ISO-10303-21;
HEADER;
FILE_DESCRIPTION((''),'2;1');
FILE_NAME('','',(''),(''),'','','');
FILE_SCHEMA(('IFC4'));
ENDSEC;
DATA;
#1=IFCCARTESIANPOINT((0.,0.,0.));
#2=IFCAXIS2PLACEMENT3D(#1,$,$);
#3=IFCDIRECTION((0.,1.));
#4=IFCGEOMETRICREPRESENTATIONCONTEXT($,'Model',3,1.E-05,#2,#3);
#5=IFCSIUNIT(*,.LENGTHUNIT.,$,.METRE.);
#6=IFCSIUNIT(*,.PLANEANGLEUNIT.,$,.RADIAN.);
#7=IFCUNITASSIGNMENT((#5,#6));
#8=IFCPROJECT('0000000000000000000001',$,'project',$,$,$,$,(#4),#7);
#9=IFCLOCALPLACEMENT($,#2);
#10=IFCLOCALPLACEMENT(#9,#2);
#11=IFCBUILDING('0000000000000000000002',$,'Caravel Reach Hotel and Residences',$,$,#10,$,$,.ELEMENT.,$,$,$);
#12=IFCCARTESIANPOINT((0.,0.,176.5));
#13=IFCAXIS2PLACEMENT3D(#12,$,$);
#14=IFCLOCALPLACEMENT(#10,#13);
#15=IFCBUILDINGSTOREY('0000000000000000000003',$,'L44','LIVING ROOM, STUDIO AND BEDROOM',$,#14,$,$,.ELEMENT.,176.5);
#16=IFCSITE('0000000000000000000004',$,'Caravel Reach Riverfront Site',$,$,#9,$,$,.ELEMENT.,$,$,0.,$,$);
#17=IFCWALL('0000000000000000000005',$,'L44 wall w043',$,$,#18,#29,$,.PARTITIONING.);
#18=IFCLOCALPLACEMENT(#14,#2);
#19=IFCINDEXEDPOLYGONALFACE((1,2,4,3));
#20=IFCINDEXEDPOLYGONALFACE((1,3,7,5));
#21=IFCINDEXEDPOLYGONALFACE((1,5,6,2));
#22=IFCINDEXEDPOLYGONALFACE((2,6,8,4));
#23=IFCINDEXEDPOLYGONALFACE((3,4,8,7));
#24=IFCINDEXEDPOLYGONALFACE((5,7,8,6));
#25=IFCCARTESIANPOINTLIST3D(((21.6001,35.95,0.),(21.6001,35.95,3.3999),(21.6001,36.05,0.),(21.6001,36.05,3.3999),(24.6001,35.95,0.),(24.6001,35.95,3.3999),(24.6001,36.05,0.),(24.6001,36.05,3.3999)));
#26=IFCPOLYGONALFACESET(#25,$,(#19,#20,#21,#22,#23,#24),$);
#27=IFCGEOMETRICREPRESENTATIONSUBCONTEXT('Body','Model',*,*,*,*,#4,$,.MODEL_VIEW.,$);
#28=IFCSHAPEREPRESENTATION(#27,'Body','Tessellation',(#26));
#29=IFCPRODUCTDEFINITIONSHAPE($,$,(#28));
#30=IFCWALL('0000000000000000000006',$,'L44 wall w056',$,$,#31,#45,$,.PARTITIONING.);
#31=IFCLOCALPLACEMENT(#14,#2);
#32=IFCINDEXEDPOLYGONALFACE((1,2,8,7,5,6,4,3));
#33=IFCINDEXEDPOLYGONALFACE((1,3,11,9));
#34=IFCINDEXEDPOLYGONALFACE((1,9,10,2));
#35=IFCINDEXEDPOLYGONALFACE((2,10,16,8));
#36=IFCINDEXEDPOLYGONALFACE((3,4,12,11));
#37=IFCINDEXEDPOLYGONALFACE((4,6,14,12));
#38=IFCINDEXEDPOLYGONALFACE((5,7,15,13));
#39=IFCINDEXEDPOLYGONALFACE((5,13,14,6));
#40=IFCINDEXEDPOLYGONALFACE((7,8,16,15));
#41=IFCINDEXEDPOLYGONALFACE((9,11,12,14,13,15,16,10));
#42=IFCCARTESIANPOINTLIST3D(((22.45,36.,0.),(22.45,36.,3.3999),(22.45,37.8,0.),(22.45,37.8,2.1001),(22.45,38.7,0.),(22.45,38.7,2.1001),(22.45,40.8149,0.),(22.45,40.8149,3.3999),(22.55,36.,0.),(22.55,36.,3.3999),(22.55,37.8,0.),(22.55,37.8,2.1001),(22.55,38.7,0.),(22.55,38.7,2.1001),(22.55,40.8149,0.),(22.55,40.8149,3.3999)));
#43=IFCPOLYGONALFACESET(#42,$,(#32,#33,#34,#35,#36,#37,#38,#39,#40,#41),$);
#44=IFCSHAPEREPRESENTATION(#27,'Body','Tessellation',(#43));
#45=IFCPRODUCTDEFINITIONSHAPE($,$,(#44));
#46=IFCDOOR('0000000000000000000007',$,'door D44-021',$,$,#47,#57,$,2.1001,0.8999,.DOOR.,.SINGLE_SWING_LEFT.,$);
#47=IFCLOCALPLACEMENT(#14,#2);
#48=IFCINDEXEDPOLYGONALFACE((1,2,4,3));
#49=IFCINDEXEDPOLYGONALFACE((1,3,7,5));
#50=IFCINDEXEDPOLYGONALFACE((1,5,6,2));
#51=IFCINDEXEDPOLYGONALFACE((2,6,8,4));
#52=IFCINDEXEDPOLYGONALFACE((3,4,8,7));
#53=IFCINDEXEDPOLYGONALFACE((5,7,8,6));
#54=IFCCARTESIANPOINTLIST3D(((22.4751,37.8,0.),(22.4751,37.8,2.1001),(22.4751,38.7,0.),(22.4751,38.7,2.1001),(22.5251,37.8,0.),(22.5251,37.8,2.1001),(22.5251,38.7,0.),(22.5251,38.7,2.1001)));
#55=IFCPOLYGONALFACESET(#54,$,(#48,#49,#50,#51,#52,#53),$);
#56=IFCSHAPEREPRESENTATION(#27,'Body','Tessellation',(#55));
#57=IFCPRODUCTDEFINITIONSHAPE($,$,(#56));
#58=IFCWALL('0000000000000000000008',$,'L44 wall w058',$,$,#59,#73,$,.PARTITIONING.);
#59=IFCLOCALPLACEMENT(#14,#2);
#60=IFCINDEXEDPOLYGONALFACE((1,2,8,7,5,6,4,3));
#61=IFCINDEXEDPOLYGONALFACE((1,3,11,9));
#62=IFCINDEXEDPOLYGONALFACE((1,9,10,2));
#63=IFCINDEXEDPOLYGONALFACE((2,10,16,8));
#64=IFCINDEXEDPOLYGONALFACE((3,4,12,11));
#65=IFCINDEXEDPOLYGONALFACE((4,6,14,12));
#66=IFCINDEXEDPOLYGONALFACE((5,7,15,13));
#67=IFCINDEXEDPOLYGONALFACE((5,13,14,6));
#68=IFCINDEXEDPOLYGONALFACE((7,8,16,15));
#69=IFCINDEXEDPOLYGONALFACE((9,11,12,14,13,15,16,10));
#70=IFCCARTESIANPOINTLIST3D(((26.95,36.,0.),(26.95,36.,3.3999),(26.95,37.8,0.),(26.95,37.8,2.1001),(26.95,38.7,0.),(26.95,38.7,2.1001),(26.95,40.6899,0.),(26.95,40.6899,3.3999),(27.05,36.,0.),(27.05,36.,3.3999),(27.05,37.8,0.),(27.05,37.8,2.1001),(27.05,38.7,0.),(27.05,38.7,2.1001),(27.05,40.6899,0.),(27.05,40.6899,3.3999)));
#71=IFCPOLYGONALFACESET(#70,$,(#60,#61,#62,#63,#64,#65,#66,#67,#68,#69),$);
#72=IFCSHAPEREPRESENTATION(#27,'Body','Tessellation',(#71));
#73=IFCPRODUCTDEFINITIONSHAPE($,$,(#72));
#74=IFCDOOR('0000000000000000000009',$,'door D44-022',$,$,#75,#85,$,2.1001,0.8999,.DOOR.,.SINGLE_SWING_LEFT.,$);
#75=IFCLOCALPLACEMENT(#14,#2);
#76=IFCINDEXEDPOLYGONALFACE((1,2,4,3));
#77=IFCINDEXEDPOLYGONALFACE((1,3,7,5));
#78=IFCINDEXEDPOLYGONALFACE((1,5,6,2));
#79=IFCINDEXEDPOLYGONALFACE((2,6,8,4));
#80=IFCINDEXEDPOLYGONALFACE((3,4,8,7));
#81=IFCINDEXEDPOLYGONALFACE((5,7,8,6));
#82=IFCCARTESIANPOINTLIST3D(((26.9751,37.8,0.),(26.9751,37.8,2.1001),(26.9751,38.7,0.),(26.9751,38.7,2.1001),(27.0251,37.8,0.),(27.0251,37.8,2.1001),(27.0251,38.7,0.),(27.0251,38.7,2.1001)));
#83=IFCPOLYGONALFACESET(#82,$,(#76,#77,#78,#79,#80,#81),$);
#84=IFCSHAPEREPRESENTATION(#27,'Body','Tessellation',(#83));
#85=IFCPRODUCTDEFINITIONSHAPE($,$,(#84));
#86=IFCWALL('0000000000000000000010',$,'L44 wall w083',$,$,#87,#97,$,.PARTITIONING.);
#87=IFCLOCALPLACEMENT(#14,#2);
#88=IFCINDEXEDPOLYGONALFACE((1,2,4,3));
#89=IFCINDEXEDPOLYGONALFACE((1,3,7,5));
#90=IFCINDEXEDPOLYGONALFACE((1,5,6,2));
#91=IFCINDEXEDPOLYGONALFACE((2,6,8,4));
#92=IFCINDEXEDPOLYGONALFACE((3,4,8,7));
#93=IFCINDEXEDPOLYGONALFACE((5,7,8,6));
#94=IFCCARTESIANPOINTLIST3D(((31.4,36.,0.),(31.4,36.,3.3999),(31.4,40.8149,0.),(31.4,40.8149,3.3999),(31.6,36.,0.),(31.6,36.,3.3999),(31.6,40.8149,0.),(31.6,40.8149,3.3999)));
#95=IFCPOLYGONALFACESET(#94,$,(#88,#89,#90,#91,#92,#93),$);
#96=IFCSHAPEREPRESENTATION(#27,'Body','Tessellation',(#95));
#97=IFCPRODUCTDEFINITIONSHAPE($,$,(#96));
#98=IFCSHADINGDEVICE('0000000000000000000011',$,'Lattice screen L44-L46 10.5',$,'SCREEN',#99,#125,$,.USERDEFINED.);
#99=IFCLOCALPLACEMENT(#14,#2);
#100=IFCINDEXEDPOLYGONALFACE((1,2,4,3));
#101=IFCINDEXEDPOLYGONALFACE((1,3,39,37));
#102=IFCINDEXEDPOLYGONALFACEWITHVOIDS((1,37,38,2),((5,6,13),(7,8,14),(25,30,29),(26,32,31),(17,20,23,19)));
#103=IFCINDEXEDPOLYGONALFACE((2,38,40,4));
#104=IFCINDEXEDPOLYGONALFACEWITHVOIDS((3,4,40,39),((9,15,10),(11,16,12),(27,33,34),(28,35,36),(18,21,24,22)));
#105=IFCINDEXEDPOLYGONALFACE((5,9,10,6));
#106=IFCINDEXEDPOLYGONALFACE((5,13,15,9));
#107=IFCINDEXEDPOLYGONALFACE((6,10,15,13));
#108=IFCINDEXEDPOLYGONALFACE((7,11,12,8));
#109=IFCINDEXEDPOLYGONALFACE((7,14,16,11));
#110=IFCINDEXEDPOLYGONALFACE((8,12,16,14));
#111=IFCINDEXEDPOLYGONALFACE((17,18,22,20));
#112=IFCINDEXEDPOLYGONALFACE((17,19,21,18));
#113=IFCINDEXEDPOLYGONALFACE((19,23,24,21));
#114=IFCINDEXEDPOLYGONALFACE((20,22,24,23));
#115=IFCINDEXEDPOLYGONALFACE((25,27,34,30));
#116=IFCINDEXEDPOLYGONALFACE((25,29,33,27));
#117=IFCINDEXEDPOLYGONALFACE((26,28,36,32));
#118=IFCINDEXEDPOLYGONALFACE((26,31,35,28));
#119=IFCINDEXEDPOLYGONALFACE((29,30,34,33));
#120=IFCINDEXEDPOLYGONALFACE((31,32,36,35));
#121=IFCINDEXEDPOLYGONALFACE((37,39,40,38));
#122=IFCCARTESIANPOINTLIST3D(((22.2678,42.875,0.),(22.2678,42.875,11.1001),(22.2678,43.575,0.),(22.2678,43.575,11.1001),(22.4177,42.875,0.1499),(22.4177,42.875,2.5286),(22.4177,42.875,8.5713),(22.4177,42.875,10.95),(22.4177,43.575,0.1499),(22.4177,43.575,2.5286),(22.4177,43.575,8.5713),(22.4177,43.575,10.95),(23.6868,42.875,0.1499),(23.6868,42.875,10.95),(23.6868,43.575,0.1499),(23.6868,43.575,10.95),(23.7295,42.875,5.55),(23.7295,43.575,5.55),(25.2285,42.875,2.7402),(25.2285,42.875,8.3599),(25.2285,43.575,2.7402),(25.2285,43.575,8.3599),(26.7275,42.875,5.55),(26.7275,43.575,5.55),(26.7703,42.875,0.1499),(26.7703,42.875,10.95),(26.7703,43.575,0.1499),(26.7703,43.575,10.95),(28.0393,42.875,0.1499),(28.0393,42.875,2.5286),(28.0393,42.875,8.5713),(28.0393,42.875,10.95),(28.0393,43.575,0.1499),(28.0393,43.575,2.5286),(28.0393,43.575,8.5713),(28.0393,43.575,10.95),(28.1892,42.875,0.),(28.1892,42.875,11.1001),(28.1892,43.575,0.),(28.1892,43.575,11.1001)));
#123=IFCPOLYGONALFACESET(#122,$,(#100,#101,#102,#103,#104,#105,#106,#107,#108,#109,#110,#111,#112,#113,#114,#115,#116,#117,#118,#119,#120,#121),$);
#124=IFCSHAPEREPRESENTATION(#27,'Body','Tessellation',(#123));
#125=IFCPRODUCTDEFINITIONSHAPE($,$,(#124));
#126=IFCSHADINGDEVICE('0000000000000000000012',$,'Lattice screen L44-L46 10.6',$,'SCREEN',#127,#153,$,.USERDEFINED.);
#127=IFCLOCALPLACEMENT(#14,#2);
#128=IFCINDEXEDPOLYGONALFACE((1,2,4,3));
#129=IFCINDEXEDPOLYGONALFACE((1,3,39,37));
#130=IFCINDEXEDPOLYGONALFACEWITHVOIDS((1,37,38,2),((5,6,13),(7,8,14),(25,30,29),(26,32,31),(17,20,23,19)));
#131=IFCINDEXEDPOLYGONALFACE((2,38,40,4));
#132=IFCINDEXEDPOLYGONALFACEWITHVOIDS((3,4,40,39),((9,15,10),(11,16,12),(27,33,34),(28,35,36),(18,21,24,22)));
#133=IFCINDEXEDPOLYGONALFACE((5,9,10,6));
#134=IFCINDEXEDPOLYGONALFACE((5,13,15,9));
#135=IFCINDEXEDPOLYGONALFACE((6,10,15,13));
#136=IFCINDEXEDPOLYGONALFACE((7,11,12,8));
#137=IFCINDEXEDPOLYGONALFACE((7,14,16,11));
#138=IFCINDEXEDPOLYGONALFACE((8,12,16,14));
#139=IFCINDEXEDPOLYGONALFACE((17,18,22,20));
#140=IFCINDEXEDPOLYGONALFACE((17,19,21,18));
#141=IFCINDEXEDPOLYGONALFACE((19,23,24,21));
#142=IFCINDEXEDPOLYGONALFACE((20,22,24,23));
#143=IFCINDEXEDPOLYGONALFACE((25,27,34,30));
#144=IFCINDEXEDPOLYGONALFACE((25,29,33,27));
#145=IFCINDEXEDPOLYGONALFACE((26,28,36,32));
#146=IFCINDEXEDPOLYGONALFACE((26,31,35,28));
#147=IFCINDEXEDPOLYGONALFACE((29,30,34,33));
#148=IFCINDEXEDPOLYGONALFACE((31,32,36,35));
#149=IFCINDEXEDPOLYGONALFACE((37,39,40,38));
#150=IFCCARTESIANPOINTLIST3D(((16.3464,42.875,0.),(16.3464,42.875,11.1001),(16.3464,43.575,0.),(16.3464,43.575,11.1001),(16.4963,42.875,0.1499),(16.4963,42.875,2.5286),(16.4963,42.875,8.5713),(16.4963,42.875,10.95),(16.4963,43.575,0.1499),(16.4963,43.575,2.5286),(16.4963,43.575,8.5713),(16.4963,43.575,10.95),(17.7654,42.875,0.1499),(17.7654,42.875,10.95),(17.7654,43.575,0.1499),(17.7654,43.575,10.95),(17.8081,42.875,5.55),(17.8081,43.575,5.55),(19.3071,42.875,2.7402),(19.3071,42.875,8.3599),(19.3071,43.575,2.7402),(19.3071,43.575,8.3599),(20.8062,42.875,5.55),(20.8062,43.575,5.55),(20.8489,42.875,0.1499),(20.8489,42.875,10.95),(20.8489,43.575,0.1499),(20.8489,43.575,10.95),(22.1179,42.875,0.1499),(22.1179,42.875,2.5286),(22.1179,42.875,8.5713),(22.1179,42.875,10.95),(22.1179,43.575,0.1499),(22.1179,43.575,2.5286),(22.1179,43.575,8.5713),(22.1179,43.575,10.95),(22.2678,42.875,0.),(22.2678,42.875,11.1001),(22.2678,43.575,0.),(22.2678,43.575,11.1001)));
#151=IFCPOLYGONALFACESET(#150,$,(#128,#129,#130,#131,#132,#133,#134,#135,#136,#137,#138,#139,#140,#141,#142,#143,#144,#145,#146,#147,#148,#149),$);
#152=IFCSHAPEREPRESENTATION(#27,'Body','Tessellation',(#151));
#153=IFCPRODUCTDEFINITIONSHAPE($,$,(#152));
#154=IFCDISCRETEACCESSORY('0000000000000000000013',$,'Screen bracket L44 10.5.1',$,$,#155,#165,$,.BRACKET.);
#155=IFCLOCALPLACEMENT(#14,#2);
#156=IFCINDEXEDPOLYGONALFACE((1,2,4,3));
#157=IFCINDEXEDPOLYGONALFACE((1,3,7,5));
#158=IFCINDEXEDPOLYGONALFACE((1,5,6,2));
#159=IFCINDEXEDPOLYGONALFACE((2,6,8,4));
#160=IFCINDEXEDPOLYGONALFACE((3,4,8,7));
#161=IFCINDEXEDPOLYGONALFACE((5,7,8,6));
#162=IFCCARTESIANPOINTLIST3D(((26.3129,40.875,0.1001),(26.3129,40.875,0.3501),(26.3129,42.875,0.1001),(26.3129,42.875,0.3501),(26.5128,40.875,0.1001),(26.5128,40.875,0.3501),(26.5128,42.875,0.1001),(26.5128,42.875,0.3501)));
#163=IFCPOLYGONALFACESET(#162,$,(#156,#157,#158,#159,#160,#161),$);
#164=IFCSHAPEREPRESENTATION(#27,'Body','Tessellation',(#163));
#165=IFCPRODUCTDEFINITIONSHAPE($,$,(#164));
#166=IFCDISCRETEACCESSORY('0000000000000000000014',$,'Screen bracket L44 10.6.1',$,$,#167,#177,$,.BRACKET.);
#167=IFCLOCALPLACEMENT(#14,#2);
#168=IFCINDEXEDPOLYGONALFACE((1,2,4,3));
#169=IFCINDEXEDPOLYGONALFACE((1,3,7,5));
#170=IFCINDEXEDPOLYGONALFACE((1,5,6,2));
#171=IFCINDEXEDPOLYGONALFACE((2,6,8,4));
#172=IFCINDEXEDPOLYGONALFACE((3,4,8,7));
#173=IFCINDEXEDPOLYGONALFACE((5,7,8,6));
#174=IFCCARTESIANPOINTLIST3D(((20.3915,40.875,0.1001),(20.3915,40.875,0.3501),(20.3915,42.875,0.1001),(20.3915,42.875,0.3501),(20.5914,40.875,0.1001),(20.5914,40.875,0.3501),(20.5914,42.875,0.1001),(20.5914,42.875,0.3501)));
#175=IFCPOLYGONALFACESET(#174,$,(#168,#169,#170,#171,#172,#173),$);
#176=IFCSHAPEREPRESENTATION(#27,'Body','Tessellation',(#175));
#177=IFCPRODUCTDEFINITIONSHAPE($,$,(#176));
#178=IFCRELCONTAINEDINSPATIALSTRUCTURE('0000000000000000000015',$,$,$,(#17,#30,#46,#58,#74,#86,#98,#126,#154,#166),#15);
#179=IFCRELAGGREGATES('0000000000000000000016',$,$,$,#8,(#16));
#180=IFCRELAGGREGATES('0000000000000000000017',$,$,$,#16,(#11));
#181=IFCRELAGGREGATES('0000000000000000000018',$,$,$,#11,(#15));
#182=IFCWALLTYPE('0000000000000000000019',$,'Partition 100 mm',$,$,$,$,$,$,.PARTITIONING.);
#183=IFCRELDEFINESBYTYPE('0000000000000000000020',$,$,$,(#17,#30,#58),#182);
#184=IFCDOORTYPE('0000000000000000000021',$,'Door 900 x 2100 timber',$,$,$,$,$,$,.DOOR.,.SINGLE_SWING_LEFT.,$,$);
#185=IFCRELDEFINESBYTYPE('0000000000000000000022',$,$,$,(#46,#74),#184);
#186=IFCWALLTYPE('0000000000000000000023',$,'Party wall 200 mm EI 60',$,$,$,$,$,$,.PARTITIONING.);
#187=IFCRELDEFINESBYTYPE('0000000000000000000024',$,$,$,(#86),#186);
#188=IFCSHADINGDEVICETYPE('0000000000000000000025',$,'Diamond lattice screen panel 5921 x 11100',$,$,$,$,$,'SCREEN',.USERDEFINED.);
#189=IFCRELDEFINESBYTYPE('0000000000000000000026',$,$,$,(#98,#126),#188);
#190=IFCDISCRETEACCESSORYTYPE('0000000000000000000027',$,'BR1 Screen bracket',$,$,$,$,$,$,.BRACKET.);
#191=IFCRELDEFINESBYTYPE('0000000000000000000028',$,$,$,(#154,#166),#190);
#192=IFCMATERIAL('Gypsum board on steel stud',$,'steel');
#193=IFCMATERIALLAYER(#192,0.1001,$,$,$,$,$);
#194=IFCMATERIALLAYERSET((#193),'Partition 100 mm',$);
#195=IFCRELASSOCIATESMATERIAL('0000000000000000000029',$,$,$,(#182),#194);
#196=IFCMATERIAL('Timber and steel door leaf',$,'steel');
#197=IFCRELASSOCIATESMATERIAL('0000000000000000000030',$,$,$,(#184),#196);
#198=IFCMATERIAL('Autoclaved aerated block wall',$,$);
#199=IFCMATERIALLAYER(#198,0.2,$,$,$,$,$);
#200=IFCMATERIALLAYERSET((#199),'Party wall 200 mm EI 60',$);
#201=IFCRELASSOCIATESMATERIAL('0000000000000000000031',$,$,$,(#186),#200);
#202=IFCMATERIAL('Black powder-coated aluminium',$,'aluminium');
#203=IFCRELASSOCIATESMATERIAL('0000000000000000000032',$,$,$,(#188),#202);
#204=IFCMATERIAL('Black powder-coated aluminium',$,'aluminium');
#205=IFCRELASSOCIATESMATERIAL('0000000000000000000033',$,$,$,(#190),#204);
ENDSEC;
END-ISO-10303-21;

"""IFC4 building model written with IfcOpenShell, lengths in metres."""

from ifc_helpers import new_model, si_unit, direction, frame, frame_2d, origin, origin_2d, place, context, subcontext, project, spatial, polyline, rectangle, outline, extrude, material, layer, layer_set, type_object, element, fill, save


model = new_model("IFC4")

# Units and contexts
model_context = context("Model", 3, precision=1e-05, world=origin(), true_north=direction((0.0, 1.0)))
body_context = subcontext(model_context, "Body", "Model", "MODEL_VIEW")
ifc_project = project(units=[si_unit("LENGTHUNIT", "METRE"), si_unit("PLANEANGLEUNIT", "RADIAN")], contexts=[model_context])

# Site, building, storey
site_placement = place(None, origin())
site = spatial("IfcSite", under=ifc_project, at=site_placement, Name="Caravel Reach Riverfront Site", CompositionType="ELEMENT", RefElevation=0.0)
building_placement = place(site_placement, origin())
building = spatial("IfcBuilding", under=site, at=building_placement, Name="Caravel Reach Hotel and Residences", CompositionType="ELEMENT")
storey_placement = place(building_placement, frame((0.0, 0.0, 176.5)))
storey = spatial("IfcBuildingStorey", under=building, at=storey_placement, Name="L44", Description="LIVING ROOM, STUDIO AND BEDROOM", CompositionType="ELEMENT", Elevation=176.5)

# Wall
ifc_material_1 = material(Name="Gypsum board on steel stud", Category="steel")
ifc_layer_1 = layer(ifc_material_1, 0.1001)
ifc_layer_set_1 = layer_set([ifc_layer_1], Name="Partition 100 mm")
wall_type_1 = type_object("IfcWallType", Name="Partition 100 mm", PredefinedType="PARTITIONING", material=ifc_layer_set_1)
wall_1_placement = place(storey_placement, frame((21.6001, 36.0, 0.0), z_axis=(0.0, 0.0, 1.0), x_axis=(1.0, 0.0, 0.0)))
element("IfcWall", 1, at=wall_1_placement, inside=storey, type_object=wall_type_1, Name="L44 wall w043", PredefinedType="PARTITIONING", context=body_context, shape_type="SweptSolid", body=[
    extrude(rectangle(XDim=3.0, YDim=0.1001, at=frame_2d((1.5, 0.0))), origin(), (0.0, 0.0, 1.0), 3.3999),
])

# Walls, openings, doors
wall_2_placement = place(storey_placement, frame((22.5, 36.0, 0.0), z_axis=(0.0, 0.0, 1.0), x_axis=(0.0, 1.0, 0.0)))
wall_2 = element("IfcWall", 2, at=wall_2_placement, inside=storey, type_object=wall_type_1, Name="L44 wall w056", PredefinedType="PARTITIONING", context=body_context, shape_type="SweptSolid", body=[
    extrude(rectangle(XDim=4.8149, YDim=0.1001, at=frame_2d((2.4075, 0.0))), origin(), (0.0, 0.0, 1.0), 3.3999),
])
opening_1_placement = place(wall_2_placement, frame((1.8, 0.0, 0.0)))
opening_1 = element("IfcOpeningElement", 3, at=opening_1_placement, cuts=wall_2, PredefinedType="OPENING", context=body_context, shape_type="SweptSolid", body=[
    extrude(rectangle(XDim=0.8999, YDim=2.1001, at=frame_2d((0.45, 1.05))), frame((0.0, 0.0601, 0.0), z_axis=(0.0, -1.0, 0.0), x_axis=(1.0, 0.0, 0.0)), (0.0, 0.0, 1.0), 0.1201),
])
ifc_material_2 = material(Name="Timber and steel door leaf", Category="steel")
door_type_1 = type_object("IfcDoorType", Name="Door 900 x 2100 timber", OperationType="SINGLE_SWING_LEFT", PredefinedType="DOOR", material=ifc_material_2)
door_1_placement = place(opening_1_placement, origin())
door_1 = element("IfcDoor", 4, at=door_1_placement, inside=storey, type_object=door_type_1, Name="door D44-021", OperationType="SINGLE_SWING_LEFT", OverallHeight=2.1001, OverallWidth=0.8999, PredefinedType="DOOR", context=body_context, shape_type="SweptSolid", body=[
    extrude(rectangle(XDim=0.8999, YDim=2.1001, at=frame_2d((0.45, 1.05))), frame((0.0, 0.0249, 0.0), z_axis=(0.0, -1.0, 0.0), x_axis=(1.0, 0.0, 0.0)), (0.0, 0.0, 1.0), 0.05),
])
fill(opening_1, door_1)
wall_3_placement = place(storey_placement, frame((27.0, 36.0, 0.0), z_axis=(0.0, 0.0, 1.0), x_axis=(0.0, 1.0, 0.0)))
wall_3 = element("IfcWall", 5, at=wall_3_placement, inside=storey, type_object=wall_type_1, Name="L44 wall w058", PredefinedType="PARTITIONING", context=body_context, shape_type="SweptSolid", body=[
    extrude(rectangle(XDim=4.6899, YDim=0.1001, at=frame_2d((2.345, 0.0))), origin(), (0.0, 0.0, 1.0), 3.3999),
])
opening_2_placement = place(wall_3_placement, frame((1.8, 0.0, 0.0)))
opening_2 = element("IfcOpeningElement", 6, at=opening_2_placement, cuts=wall_3, PredefinedType="OPENING", context=body_context, shape_type="SweptSolid", body=[
    extrude(rectangle(XDim=0.8999, YDim=2.1001, at=frame_2d((0.45, 1.05))), frame((0.0, 0.0601, 0.0), z_axis=(0.0, -1.0, 0.0), x_axis=(1.0, 0.0, 0.0)), (0.0, 0.0, 1.0), 0.1201),
])
door_2_placement = place(opening_2_placement, origin())
door_2 = element("IfcDoor", 7, at=door_2_placement, inside=storey, type_object=door_type_1, Name="door D44-022", OperationType="SINGLE_SWING_LEFT", OverallHeight=2.1001, OverallWidth=0.8999, PredefinedType="DOOR", context=body_context, shape_type="SweptSolid", body=[
    extrude(rectangle(XDim=0.8999, YDim=2.1001, at=frame_2d((0.45, 1.05))), frame((0.0, 0.0249, 0.0), z_axis=(0.0, -1.0, 0.0), x_axis=(1.0, 0.0, 0.0)), (0.0, 0.0, 1.0), 0.05),
])
fill(opening_2, door_2)

# Wall
ifc_material_3 = material(Name="Autoclaved aerated block wall")
ifc_layer_2 = layer(ifc_material_3, 0.2)
ifc_layer_set_2 = layer_set([ifc_layer_2], Name="Party wall 200 mm EI 60")
wall_type_2 = type_object("IfcWallType", Name="Party wall 200 mm EI 60", PredefinedType="PARTITIONING", material=ifc_layer_set_2)
wall_4_placement = place(storey_placement, frame((31.5, 36.0, 0.0), z_axis=(0.0, 0.0, 1.0), x_axis=(0.0, 1.0, 0.0)))
element("IfcWall", 8, at=wall_4_placement, inside=storey, type_object=wall_type_2, Name="L44 wall w083", PredefinedType="PARTITIONING", context=body_context, shape_type="SweptSolid", body=[
    extrude(rectangle(XDim=4.8149, YDim=0.2, at=frame_2d((2.4075, 0.0))), origin(), (0.0, 0.0, 1.0), 3.3999),
])

# Shading devices
ifc_material_4 = material(Name="Black powder-coated aluminium", Category="aluminium")
shading_device_type = type_object("IfcShadingDeviceType", Name="Diamond lattice screen panel 5921 x 11100", ElementType="SCREEN", PredefinedType="USERDEFINED", material=ifc_material_4)
for number, where, z_axis, x_axis, name in (
    (9, (28.1892, 42.875, 0.0), (0.0, 1.0, 0.0), (-1.0, 0.0, 0.0), "Lattice screen L44-L46 10.5"),
    (10, (22.2678, 42.875, 0.0), (0.0, 1.0, 0.0), (-1.0, 0.0, 0.0), "Lattice screen L44-L46 10.6"),
):
    element("IfcShadingDevice", number, at=place(storey_placement, frame(where, z_axis=z_axis, x_axis=x_axis)), inside=storey, type_object=shading_device_type, Name=name, ObjectType="SCREEN", PredefinedType="USERDEFINED", context=body_context, shape_type="SweptSolid", body=[
        extrude(outline(polyline([(0.0, 0.0), (5.9214, 0.0), (5.9214, 11.1001), (0.0, 11.1001), (0.0, 0.0)]), holes=[polyline([(1.4189, 0.1499), (0.1499, 2.5286), (0.1499, 0.1499), (1.4189, 0.1499)]), polyline([(0.1499, 8.5713), (1.4189, 10.95), (0.1499, 10.95), (0.1499, 8.5713)]), polyline([(2.9607, 8.3599), (1.4617, 5.55), (2.9607, 2.7402), (4.4597, 5.55), (2.9607, 8.3599)]), polyline([(5.7715, 2.5286), (4.5024, 0.1499), (5.7715, 0.1499), (5.7715, 2.5286)]), polyline([(4.5024, 10.95), (5.7715, 8.5713), (5.7715, 10.95), (4.5024, 10.95)])]), origin(), (0.0, 0.0, 1.0), 0.7),
    ])

# Discrete accessories
ifc_material_5 = material(Name="Black powder-coated aluminium", Category="aluminium")
discrete_accessory_type = type_object("IfcDiscreteAccessoryType", Name="BR1 Screen bracket", PredefinedType="BRACKET", material=ifc_material_5)
for number, where, z_axis, x_axis, name in (
    (11, (26.4128, 41.875, 0.1001), (0.0, 0.0, 1.0), (0.0, 1.0, 0.0), "Screen bracket L44 10.5.1"),
    (12, (20.4915, 41.875, 0.1001), (0.0, 0.0, 1.0), (0.0, 1.0, 0.0), "Screen bracket L44 10.6.1"),
):
    element("IfcDiscreteAccessory", number, at=place(storey_placement, frame(where, z_axis=z_axis, x_axis=x_axis)), inside=storey, type_object=discrete_accessory_type, Name=name, PredefinedType="BRACKET", context=body_context, shape_type="SweptSolid", body=[
        extrude(rectangle(XDim=2.0, YDim=0.2, at=origin_2d()), origin(), (0.0, 0.0, 1.0), 0.25),
    ])

save(model, "model.ifc")
